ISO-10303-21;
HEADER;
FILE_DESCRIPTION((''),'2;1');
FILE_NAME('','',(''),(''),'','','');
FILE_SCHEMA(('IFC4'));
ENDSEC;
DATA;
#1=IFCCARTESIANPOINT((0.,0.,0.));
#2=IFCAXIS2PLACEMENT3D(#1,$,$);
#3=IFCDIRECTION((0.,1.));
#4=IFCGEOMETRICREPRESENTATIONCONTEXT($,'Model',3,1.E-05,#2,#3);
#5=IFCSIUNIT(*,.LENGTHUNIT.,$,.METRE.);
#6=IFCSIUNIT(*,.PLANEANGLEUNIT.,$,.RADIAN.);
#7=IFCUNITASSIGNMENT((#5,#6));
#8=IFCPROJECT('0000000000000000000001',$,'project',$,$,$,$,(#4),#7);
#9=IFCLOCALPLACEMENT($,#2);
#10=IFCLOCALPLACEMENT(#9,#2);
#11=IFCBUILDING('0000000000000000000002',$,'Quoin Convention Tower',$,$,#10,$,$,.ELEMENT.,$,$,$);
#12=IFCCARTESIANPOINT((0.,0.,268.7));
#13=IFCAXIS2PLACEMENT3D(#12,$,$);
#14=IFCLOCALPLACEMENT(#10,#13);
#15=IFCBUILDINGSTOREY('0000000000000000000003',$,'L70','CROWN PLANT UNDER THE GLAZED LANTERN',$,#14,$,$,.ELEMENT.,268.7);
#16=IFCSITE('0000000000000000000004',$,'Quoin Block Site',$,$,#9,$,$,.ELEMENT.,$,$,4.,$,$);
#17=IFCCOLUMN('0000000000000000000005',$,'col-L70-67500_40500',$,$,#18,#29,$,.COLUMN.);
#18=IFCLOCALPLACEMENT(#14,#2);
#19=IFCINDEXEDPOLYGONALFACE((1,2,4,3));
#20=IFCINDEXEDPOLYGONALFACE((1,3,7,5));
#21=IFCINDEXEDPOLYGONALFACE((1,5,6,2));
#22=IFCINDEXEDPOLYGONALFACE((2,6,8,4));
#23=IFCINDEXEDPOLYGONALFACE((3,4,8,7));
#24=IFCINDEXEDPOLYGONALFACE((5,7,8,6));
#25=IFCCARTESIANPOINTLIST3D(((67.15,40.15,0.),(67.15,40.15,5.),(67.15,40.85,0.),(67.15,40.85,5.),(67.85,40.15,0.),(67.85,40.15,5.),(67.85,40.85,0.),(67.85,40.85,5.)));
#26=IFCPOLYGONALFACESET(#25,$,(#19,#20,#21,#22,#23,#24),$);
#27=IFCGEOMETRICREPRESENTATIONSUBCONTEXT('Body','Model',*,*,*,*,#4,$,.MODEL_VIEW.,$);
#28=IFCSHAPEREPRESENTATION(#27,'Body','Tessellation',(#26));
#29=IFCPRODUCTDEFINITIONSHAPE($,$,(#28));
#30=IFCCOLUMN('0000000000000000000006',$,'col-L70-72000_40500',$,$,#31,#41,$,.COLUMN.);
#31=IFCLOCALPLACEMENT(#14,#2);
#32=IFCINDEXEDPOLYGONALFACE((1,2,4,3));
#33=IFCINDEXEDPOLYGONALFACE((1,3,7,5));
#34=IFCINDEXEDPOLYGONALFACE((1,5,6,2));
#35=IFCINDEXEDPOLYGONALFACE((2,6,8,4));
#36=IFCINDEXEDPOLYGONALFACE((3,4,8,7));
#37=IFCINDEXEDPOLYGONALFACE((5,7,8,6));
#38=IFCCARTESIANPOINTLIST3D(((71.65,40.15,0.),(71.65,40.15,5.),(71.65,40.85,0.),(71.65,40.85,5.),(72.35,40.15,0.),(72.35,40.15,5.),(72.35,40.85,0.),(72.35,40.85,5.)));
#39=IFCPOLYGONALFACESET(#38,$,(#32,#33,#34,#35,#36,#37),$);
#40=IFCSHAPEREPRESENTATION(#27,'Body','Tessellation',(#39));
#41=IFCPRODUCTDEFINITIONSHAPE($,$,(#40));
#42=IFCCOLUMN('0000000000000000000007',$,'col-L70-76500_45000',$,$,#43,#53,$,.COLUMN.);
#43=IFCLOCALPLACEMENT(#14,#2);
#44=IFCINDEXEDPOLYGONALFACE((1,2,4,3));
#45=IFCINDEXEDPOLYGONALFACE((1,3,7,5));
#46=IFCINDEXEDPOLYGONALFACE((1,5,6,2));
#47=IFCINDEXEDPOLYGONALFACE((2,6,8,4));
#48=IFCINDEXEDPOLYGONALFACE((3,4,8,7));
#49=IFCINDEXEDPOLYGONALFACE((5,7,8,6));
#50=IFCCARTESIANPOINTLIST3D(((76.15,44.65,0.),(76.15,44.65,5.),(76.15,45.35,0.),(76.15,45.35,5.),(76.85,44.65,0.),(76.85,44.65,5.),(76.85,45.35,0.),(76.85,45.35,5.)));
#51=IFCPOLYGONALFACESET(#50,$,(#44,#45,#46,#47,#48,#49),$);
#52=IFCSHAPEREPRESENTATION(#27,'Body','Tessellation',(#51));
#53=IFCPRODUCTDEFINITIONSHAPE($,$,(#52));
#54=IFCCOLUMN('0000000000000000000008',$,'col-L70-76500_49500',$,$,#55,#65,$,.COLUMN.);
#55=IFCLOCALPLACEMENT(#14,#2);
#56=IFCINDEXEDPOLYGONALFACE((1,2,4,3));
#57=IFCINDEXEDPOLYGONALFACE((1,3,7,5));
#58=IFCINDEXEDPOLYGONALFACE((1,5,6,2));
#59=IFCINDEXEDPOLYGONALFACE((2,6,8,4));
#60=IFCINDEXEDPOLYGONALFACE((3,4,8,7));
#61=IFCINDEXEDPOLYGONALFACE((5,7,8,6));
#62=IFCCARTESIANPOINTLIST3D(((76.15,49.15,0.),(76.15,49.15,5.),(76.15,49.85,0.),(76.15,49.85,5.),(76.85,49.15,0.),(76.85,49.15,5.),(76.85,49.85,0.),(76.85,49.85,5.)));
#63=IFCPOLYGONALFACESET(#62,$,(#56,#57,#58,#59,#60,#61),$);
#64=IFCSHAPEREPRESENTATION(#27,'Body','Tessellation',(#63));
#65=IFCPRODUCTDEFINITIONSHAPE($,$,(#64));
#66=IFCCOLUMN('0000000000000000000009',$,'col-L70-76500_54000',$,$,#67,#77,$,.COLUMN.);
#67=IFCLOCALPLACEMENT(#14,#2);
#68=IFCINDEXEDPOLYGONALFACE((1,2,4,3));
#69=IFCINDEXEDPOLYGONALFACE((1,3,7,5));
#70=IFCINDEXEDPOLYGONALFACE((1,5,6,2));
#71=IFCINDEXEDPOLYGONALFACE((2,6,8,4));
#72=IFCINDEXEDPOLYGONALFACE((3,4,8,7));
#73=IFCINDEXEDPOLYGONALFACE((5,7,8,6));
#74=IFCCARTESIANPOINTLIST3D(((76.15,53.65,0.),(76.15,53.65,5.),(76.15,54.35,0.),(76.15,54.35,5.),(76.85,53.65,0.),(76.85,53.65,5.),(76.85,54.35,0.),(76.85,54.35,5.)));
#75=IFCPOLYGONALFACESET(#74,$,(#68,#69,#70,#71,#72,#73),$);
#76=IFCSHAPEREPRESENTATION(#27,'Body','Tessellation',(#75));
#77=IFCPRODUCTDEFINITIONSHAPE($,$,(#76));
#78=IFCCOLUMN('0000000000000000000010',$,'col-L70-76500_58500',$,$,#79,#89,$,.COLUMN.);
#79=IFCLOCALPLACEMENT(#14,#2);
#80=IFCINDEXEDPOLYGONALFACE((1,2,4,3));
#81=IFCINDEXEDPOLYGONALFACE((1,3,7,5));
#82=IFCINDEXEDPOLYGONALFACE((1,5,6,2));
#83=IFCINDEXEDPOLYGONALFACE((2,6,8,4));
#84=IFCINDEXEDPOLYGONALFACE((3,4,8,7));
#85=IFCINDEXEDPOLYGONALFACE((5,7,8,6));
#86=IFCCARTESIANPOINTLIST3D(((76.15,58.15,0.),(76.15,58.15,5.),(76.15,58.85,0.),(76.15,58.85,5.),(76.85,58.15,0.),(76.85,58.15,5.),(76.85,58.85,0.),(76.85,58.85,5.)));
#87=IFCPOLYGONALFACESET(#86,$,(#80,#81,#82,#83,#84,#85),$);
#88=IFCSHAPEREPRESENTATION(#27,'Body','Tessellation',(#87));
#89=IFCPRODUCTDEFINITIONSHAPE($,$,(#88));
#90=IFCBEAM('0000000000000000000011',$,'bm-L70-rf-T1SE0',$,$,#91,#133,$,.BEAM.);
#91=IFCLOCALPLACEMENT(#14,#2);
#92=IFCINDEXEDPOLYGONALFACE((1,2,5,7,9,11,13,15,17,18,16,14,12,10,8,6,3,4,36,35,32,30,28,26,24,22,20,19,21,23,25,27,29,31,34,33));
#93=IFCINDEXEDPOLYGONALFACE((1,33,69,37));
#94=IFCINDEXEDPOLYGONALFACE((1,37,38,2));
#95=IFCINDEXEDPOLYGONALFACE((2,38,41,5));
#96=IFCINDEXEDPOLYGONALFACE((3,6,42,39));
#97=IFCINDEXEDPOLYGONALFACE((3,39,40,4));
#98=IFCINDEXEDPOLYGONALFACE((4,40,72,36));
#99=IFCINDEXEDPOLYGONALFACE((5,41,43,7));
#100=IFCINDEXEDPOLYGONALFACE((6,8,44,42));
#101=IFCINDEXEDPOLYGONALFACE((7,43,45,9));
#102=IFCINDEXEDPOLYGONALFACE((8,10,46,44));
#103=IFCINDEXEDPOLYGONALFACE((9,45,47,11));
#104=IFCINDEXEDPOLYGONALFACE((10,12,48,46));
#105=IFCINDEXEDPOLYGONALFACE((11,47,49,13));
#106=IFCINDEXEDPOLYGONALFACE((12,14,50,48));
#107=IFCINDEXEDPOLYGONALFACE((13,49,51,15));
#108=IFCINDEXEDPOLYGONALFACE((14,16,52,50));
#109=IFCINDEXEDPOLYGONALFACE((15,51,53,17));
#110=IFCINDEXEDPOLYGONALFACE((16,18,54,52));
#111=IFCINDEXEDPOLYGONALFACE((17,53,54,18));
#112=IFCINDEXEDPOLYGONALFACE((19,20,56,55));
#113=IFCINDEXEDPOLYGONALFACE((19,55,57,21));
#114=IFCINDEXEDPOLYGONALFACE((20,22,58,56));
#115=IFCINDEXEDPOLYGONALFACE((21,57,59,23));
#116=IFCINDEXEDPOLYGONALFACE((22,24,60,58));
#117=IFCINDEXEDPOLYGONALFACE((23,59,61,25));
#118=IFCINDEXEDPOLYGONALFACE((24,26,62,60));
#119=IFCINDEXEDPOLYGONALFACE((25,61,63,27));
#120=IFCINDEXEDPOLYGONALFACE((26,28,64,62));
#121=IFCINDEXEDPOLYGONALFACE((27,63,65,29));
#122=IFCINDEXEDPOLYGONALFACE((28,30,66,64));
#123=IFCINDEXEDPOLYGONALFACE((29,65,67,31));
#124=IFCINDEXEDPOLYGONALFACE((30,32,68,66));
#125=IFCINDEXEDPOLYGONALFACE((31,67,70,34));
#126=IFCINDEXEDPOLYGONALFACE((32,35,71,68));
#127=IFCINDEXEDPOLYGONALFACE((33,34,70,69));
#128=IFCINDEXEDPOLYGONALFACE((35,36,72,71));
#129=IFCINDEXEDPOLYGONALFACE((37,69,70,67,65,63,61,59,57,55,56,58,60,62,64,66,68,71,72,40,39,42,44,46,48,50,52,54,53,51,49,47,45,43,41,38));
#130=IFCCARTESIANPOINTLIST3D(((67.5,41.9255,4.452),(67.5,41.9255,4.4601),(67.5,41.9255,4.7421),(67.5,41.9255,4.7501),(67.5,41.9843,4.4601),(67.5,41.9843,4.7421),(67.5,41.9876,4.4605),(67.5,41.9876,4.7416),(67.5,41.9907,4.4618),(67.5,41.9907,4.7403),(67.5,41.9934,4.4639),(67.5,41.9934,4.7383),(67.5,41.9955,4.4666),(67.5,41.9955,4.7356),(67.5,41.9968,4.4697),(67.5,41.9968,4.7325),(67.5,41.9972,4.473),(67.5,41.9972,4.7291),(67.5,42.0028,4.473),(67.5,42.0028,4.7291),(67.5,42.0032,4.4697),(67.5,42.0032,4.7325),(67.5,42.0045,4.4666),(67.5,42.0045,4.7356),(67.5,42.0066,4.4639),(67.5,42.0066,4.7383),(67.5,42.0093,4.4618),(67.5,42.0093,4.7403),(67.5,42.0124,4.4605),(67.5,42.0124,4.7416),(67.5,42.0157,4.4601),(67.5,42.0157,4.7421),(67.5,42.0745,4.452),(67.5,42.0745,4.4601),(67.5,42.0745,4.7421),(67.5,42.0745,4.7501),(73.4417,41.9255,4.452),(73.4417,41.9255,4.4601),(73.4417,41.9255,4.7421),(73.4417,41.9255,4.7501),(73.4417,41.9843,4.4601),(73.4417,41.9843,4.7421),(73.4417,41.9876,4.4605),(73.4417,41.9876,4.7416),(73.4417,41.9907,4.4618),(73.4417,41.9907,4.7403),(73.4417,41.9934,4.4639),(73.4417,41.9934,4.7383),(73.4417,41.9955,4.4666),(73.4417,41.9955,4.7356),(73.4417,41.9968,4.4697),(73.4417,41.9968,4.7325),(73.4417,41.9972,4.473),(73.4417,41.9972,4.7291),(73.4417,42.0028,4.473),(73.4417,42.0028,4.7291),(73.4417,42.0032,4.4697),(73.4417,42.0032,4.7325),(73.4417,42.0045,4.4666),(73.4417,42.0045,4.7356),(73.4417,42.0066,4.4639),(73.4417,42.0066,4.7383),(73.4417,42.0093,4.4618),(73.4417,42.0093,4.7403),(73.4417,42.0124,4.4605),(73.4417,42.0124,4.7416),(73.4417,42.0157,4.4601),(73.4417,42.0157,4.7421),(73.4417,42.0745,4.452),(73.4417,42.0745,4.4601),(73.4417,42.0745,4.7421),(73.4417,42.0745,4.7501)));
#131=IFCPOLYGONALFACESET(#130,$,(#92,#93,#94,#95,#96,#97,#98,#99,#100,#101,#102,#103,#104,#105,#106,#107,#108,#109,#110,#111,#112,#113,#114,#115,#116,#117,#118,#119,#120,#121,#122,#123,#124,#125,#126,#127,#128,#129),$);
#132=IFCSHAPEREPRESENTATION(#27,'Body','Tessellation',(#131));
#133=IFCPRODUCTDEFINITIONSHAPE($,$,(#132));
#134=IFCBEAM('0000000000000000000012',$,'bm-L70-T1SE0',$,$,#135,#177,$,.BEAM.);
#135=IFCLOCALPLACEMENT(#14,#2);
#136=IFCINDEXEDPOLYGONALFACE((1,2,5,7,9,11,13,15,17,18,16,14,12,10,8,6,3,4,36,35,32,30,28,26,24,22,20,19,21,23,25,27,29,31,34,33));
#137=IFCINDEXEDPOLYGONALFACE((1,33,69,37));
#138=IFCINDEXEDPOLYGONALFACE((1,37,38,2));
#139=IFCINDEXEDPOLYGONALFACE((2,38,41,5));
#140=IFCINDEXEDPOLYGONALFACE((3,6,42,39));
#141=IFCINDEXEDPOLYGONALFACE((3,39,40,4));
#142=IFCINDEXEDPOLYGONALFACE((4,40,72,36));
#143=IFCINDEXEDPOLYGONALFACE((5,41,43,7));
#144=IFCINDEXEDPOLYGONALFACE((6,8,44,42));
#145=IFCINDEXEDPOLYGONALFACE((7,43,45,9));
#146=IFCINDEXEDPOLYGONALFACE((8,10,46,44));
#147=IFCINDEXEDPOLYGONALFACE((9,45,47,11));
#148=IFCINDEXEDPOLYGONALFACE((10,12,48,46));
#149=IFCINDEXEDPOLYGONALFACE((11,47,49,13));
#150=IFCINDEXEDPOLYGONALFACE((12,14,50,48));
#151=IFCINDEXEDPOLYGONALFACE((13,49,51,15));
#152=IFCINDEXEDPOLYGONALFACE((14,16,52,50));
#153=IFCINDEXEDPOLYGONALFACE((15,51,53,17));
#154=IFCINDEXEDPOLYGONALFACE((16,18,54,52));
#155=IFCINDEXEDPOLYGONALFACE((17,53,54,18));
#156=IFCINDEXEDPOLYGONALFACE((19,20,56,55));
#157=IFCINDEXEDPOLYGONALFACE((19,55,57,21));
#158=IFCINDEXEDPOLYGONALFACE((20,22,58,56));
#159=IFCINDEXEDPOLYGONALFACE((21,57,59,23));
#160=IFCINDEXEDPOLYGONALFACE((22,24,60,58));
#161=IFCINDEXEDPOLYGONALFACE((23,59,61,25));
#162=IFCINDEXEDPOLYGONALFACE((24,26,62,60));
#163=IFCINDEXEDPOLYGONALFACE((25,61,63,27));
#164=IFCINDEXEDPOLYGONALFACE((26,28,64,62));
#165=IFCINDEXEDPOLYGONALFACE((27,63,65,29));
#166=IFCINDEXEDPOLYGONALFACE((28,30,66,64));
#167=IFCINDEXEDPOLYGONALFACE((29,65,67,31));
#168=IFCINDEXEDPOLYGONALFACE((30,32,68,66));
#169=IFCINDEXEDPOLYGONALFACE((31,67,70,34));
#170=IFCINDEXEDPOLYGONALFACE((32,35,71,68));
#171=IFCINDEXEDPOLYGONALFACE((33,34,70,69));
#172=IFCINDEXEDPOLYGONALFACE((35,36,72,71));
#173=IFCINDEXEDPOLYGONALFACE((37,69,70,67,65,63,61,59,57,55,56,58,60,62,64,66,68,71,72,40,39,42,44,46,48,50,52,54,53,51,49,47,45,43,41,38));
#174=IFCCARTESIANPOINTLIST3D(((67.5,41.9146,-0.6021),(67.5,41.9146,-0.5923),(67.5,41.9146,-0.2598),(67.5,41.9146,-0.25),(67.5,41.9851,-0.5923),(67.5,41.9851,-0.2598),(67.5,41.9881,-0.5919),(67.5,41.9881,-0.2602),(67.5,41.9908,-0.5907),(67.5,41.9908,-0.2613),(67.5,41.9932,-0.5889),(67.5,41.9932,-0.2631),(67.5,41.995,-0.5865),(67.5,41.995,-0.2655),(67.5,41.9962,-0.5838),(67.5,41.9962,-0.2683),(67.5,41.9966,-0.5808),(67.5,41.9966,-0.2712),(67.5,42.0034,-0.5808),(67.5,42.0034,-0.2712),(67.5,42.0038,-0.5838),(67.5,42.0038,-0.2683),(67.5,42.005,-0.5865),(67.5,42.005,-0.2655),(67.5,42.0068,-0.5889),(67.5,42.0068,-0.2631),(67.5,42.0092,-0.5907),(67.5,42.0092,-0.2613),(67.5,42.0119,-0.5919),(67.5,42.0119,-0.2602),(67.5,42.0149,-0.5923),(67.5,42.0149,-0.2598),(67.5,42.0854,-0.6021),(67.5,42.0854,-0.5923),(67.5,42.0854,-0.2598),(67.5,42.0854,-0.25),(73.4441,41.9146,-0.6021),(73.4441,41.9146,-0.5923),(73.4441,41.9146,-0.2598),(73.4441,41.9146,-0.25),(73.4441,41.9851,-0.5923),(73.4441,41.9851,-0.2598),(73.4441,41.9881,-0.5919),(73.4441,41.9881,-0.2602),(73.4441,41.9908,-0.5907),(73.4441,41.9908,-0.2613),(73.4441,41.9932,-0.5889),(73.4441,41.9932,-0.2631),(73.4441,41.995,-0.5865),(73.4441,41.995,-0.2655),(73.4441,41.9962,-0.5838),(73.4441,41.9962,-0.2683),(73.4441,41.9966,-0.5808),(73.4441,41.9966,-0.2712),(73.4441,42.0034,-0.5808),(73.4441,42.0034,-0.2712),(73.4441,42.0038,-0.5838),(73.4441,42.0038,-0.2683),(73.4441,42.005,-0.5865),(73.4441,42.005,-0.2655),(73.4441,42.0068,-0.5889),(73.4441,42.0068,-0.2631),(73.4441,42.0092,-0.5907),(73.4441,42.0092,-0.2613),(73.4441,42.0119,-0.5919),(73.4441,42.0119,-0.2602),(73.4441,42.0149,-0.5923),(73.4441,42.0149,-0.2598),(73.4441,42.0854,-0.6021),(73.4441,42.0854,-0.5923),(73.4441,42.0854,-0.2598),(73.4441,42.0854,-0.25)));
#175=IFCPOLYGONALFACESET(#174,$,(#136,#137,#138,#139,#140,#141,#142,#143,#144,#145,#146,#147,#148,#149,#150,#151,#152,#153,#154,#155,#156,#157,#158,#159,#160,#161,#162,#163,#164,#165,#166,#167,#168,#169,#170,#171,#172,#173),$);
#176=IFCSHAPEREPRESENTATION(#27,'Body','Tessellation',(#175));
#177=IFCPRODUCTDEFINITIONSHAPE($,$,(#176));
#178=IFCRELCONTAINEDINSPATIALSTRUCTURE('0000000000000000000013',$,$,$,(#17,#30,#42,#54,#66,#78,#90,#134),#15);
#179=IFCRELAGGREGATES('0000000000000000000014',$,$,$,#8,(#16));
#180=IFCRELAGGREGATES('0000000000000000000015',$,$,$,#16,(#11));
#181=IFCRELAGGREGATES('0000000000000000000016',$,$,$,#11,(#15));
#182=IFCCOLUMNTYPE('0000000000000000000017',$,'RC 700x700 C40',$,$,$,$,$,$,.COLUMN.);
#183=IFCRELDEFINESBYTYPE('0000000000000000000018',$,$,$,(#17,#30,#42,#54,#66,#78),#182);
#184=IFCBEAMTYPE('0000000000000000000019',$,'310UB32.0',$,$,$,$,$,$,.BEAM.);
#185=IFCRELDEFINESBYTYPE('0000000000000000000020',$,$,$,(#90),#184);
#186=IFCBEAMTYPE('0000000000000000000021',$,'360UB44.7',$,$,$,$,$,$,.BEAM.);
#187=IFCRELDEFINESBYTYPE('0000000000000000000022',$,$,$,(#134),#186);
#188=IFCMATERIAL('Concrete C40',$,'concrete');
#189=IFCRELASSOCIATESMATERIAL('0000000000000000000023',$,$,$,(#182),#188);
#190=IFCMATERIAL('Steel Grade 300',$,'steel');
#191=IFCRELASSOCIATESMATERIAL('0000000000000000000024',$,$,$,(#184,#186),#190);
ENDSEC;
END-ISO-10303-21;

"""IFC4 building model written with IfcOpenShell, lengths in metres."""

from ifc_helpers import new_model, si_unit, direction, frame, origin, origin_2d, place, context, subcontext, project, spatial, rectangle, i_section, extrude, material, material_profile, profile_set, type_object, element, save


model = new_model("IFC4")

# Units and contexts
model_context = context("Model", 3, precision=1e-05, world=origin(), true_north=direction((0.0, 1.0)))
body_context = subcontext(model_context, "Body", "Model", "MODEL_VIEW")
ifc_project = project(units=[si_unit("LENGTHUNIT", "METRE"), si_unit("PLANEANGLEUNIT", "RADIAN")], contexts=[model_context])

# Site, building, storey
site_placement = place(None, origin())
site = spatial("IfcSite", under=ifc_project, at=site_placement, Name="Quoin Block Site", CompositionType="ELEMENT", RefElevation=4.0)
building_placement = place(site_placement, origin())
building = spatial("IfcBuilding", under=site, at=building_placement, Name="Quoin Convention Tower", CompositionType="ELEMENT")
storey_placement = place(building_placement, frame((0.0, 0.0, 268.7)))
storey = spatial("IfcBuildingStorey", under=building, at=storey_placement, Name="L70", Description="CROWN PLANT UNDER THE GLAZED LANTERN", CompositionType="ELEMENT", Elevation=268.7)

# Columns
ifc_material_1 = material(Name="Concrete C40", Category="concrete")
ifc_material_profile_1 = material_profile(ifc_material_1, rectangle(XDim=0.7, YDim=0.7, at=origin_2d()), Name="RC 700x700")
ifc_profile_set_1 = profile_set([ifc_material_profile_1], Name="Concrete C40")
column_type = type_object("IfcColumnType", Name="RC 700x700 C40", PredefinedType="COLUMN", material=ifc_profile_set_1)
for number, where, z_axis, x_axis, name in (
    (1, (67.5, 40.5, 0.0), (0.0, 0.0, 1.0), (1.0, 0.0, 0.0), "col-L70-67500_40500"),
    (2, (72.0, 40.5, 0.0), (0.0, 0.0, 1.0), (1.0, 0.0, 0.0), "col-L70-72000_40500"),
    (3, (76.5, 45.0, 0.0), (0.0, 0.0, 1.0), (1.0, 0.0, 0.0), "col-L70-76500_45000"),
    (4, (76.5, 49.5, 0.0), (0.0, 0.0, 1.0), (1.0, 0.0, 0.0), "col-L70-76500_49500"),
    (5, (76.5, 54.0, 0.0), (0.0, 0.0, 1.0), (1.0, 0.0, 0.0), "col-L70-76500_54000"),
    (6, (76.5, 58.5, 0.0), (0.0, 0.0, 1.0), (1.0, 0.0, 0.0), "col-L70-76500_58500"),
):
    element("IfcColumn", number, at=place(storey_placement, frame(where, z_axis=z_axis, x_axis=x_axis)), inside=storey, type_object=column_type, Name=name, PredefinedType="COLUMN", context=body_context, shape_type="SweptSolid", body=[
        extrude(rectangle(XDim=0.7, YDim=0.7, at=origin_2d()), origin(), (0.0, 0.0, 1.0), 5.0),
    ])

# Beams
ifc_material_2 = material(Name="Steel Grade 300", Category="steel")
ifc_material_profile_2 = material_profile(ifc_material_2, i_section(OverallWidth=0.1489, OverallDepth=0.2981, WebThickness=0.0056, FlangeThickness=0.0081, FilletRadius=0.0129, at=origin_2d()), Name="310UB32.0")
ifc_profile_set_2 = profile_set([ifc_material_profile_2], Name="Steel Grade 300")
beam_type_1 = type_object("IfcBeamType", Name="310UB32.0", PredefinedType="BEAM", material=ifc_profile_set_2)
beam_1_placement = place(storey_placement, frame((67.5, 42.0, 4.6011), z_axis=(1.0, 0.0, 0.0), x_axis=(0.0, 1.0, 0.0)))
element("IfcBeam", 7, at=beam_1_placement, inside=storey, type_object=beam_type_1, Name="bm-L70-rf-T1SE0", PredefinedType="BEAM", context=body_context, shape_type="SweptSolid", body=[
    extrude(i_section(OverallWidth=0.1489, OverallDepth=0.2981, WebThickness=0.0056, FlangeThickness=0.0081, FilletRadius=0.0129, at=origin_2d()), origin(), (0.0, 0.0, 1.0), 5.9417),
])
ifc_material_profile_3 = material_profile(ifc_material_2, i_section(OverallWidth=0.1709, OverallDepth=0.3521, WebThickness=0.0068, FlangeThickness=0.0098, FilletRadius=0.0115, at=origin_2d()), Name="360UB44.7")
ifc_profile_set_3 = profile_set([ifc_material_profile_3], Name="Steel Grade 300")
beam_type_2 = type_object("IfcBeamType", Name="360UB44.7", PredefinedType="BEAM", material=ifc_profile_set_3)
beam_2_placement = place(storey_placement, frame((67.5, 42.0, -0.426), z_axis=(1.0, 0.0, 0.0), x_axis=(0.0, 1.0, 0.0)))
element("IfcBeam", 8, at=beam_2_placement, inside=storey, type_object=beam_type_2, Name="bm-L70-T1SE0", PredefinedType="BEAM", context=body_context, shape_type="SweptSolid", body=[
    extrude(i_section(OverallWidth=0.1709, OverallDepth=0.3521, WebThickness=0.0068, FlangeThickness=0.0098, FilletRadius=0.0115, at=origin_2d()), origin(), (0.0, 0.0, 1.0), 5.9441),
])

save(model, "model.ifc")
